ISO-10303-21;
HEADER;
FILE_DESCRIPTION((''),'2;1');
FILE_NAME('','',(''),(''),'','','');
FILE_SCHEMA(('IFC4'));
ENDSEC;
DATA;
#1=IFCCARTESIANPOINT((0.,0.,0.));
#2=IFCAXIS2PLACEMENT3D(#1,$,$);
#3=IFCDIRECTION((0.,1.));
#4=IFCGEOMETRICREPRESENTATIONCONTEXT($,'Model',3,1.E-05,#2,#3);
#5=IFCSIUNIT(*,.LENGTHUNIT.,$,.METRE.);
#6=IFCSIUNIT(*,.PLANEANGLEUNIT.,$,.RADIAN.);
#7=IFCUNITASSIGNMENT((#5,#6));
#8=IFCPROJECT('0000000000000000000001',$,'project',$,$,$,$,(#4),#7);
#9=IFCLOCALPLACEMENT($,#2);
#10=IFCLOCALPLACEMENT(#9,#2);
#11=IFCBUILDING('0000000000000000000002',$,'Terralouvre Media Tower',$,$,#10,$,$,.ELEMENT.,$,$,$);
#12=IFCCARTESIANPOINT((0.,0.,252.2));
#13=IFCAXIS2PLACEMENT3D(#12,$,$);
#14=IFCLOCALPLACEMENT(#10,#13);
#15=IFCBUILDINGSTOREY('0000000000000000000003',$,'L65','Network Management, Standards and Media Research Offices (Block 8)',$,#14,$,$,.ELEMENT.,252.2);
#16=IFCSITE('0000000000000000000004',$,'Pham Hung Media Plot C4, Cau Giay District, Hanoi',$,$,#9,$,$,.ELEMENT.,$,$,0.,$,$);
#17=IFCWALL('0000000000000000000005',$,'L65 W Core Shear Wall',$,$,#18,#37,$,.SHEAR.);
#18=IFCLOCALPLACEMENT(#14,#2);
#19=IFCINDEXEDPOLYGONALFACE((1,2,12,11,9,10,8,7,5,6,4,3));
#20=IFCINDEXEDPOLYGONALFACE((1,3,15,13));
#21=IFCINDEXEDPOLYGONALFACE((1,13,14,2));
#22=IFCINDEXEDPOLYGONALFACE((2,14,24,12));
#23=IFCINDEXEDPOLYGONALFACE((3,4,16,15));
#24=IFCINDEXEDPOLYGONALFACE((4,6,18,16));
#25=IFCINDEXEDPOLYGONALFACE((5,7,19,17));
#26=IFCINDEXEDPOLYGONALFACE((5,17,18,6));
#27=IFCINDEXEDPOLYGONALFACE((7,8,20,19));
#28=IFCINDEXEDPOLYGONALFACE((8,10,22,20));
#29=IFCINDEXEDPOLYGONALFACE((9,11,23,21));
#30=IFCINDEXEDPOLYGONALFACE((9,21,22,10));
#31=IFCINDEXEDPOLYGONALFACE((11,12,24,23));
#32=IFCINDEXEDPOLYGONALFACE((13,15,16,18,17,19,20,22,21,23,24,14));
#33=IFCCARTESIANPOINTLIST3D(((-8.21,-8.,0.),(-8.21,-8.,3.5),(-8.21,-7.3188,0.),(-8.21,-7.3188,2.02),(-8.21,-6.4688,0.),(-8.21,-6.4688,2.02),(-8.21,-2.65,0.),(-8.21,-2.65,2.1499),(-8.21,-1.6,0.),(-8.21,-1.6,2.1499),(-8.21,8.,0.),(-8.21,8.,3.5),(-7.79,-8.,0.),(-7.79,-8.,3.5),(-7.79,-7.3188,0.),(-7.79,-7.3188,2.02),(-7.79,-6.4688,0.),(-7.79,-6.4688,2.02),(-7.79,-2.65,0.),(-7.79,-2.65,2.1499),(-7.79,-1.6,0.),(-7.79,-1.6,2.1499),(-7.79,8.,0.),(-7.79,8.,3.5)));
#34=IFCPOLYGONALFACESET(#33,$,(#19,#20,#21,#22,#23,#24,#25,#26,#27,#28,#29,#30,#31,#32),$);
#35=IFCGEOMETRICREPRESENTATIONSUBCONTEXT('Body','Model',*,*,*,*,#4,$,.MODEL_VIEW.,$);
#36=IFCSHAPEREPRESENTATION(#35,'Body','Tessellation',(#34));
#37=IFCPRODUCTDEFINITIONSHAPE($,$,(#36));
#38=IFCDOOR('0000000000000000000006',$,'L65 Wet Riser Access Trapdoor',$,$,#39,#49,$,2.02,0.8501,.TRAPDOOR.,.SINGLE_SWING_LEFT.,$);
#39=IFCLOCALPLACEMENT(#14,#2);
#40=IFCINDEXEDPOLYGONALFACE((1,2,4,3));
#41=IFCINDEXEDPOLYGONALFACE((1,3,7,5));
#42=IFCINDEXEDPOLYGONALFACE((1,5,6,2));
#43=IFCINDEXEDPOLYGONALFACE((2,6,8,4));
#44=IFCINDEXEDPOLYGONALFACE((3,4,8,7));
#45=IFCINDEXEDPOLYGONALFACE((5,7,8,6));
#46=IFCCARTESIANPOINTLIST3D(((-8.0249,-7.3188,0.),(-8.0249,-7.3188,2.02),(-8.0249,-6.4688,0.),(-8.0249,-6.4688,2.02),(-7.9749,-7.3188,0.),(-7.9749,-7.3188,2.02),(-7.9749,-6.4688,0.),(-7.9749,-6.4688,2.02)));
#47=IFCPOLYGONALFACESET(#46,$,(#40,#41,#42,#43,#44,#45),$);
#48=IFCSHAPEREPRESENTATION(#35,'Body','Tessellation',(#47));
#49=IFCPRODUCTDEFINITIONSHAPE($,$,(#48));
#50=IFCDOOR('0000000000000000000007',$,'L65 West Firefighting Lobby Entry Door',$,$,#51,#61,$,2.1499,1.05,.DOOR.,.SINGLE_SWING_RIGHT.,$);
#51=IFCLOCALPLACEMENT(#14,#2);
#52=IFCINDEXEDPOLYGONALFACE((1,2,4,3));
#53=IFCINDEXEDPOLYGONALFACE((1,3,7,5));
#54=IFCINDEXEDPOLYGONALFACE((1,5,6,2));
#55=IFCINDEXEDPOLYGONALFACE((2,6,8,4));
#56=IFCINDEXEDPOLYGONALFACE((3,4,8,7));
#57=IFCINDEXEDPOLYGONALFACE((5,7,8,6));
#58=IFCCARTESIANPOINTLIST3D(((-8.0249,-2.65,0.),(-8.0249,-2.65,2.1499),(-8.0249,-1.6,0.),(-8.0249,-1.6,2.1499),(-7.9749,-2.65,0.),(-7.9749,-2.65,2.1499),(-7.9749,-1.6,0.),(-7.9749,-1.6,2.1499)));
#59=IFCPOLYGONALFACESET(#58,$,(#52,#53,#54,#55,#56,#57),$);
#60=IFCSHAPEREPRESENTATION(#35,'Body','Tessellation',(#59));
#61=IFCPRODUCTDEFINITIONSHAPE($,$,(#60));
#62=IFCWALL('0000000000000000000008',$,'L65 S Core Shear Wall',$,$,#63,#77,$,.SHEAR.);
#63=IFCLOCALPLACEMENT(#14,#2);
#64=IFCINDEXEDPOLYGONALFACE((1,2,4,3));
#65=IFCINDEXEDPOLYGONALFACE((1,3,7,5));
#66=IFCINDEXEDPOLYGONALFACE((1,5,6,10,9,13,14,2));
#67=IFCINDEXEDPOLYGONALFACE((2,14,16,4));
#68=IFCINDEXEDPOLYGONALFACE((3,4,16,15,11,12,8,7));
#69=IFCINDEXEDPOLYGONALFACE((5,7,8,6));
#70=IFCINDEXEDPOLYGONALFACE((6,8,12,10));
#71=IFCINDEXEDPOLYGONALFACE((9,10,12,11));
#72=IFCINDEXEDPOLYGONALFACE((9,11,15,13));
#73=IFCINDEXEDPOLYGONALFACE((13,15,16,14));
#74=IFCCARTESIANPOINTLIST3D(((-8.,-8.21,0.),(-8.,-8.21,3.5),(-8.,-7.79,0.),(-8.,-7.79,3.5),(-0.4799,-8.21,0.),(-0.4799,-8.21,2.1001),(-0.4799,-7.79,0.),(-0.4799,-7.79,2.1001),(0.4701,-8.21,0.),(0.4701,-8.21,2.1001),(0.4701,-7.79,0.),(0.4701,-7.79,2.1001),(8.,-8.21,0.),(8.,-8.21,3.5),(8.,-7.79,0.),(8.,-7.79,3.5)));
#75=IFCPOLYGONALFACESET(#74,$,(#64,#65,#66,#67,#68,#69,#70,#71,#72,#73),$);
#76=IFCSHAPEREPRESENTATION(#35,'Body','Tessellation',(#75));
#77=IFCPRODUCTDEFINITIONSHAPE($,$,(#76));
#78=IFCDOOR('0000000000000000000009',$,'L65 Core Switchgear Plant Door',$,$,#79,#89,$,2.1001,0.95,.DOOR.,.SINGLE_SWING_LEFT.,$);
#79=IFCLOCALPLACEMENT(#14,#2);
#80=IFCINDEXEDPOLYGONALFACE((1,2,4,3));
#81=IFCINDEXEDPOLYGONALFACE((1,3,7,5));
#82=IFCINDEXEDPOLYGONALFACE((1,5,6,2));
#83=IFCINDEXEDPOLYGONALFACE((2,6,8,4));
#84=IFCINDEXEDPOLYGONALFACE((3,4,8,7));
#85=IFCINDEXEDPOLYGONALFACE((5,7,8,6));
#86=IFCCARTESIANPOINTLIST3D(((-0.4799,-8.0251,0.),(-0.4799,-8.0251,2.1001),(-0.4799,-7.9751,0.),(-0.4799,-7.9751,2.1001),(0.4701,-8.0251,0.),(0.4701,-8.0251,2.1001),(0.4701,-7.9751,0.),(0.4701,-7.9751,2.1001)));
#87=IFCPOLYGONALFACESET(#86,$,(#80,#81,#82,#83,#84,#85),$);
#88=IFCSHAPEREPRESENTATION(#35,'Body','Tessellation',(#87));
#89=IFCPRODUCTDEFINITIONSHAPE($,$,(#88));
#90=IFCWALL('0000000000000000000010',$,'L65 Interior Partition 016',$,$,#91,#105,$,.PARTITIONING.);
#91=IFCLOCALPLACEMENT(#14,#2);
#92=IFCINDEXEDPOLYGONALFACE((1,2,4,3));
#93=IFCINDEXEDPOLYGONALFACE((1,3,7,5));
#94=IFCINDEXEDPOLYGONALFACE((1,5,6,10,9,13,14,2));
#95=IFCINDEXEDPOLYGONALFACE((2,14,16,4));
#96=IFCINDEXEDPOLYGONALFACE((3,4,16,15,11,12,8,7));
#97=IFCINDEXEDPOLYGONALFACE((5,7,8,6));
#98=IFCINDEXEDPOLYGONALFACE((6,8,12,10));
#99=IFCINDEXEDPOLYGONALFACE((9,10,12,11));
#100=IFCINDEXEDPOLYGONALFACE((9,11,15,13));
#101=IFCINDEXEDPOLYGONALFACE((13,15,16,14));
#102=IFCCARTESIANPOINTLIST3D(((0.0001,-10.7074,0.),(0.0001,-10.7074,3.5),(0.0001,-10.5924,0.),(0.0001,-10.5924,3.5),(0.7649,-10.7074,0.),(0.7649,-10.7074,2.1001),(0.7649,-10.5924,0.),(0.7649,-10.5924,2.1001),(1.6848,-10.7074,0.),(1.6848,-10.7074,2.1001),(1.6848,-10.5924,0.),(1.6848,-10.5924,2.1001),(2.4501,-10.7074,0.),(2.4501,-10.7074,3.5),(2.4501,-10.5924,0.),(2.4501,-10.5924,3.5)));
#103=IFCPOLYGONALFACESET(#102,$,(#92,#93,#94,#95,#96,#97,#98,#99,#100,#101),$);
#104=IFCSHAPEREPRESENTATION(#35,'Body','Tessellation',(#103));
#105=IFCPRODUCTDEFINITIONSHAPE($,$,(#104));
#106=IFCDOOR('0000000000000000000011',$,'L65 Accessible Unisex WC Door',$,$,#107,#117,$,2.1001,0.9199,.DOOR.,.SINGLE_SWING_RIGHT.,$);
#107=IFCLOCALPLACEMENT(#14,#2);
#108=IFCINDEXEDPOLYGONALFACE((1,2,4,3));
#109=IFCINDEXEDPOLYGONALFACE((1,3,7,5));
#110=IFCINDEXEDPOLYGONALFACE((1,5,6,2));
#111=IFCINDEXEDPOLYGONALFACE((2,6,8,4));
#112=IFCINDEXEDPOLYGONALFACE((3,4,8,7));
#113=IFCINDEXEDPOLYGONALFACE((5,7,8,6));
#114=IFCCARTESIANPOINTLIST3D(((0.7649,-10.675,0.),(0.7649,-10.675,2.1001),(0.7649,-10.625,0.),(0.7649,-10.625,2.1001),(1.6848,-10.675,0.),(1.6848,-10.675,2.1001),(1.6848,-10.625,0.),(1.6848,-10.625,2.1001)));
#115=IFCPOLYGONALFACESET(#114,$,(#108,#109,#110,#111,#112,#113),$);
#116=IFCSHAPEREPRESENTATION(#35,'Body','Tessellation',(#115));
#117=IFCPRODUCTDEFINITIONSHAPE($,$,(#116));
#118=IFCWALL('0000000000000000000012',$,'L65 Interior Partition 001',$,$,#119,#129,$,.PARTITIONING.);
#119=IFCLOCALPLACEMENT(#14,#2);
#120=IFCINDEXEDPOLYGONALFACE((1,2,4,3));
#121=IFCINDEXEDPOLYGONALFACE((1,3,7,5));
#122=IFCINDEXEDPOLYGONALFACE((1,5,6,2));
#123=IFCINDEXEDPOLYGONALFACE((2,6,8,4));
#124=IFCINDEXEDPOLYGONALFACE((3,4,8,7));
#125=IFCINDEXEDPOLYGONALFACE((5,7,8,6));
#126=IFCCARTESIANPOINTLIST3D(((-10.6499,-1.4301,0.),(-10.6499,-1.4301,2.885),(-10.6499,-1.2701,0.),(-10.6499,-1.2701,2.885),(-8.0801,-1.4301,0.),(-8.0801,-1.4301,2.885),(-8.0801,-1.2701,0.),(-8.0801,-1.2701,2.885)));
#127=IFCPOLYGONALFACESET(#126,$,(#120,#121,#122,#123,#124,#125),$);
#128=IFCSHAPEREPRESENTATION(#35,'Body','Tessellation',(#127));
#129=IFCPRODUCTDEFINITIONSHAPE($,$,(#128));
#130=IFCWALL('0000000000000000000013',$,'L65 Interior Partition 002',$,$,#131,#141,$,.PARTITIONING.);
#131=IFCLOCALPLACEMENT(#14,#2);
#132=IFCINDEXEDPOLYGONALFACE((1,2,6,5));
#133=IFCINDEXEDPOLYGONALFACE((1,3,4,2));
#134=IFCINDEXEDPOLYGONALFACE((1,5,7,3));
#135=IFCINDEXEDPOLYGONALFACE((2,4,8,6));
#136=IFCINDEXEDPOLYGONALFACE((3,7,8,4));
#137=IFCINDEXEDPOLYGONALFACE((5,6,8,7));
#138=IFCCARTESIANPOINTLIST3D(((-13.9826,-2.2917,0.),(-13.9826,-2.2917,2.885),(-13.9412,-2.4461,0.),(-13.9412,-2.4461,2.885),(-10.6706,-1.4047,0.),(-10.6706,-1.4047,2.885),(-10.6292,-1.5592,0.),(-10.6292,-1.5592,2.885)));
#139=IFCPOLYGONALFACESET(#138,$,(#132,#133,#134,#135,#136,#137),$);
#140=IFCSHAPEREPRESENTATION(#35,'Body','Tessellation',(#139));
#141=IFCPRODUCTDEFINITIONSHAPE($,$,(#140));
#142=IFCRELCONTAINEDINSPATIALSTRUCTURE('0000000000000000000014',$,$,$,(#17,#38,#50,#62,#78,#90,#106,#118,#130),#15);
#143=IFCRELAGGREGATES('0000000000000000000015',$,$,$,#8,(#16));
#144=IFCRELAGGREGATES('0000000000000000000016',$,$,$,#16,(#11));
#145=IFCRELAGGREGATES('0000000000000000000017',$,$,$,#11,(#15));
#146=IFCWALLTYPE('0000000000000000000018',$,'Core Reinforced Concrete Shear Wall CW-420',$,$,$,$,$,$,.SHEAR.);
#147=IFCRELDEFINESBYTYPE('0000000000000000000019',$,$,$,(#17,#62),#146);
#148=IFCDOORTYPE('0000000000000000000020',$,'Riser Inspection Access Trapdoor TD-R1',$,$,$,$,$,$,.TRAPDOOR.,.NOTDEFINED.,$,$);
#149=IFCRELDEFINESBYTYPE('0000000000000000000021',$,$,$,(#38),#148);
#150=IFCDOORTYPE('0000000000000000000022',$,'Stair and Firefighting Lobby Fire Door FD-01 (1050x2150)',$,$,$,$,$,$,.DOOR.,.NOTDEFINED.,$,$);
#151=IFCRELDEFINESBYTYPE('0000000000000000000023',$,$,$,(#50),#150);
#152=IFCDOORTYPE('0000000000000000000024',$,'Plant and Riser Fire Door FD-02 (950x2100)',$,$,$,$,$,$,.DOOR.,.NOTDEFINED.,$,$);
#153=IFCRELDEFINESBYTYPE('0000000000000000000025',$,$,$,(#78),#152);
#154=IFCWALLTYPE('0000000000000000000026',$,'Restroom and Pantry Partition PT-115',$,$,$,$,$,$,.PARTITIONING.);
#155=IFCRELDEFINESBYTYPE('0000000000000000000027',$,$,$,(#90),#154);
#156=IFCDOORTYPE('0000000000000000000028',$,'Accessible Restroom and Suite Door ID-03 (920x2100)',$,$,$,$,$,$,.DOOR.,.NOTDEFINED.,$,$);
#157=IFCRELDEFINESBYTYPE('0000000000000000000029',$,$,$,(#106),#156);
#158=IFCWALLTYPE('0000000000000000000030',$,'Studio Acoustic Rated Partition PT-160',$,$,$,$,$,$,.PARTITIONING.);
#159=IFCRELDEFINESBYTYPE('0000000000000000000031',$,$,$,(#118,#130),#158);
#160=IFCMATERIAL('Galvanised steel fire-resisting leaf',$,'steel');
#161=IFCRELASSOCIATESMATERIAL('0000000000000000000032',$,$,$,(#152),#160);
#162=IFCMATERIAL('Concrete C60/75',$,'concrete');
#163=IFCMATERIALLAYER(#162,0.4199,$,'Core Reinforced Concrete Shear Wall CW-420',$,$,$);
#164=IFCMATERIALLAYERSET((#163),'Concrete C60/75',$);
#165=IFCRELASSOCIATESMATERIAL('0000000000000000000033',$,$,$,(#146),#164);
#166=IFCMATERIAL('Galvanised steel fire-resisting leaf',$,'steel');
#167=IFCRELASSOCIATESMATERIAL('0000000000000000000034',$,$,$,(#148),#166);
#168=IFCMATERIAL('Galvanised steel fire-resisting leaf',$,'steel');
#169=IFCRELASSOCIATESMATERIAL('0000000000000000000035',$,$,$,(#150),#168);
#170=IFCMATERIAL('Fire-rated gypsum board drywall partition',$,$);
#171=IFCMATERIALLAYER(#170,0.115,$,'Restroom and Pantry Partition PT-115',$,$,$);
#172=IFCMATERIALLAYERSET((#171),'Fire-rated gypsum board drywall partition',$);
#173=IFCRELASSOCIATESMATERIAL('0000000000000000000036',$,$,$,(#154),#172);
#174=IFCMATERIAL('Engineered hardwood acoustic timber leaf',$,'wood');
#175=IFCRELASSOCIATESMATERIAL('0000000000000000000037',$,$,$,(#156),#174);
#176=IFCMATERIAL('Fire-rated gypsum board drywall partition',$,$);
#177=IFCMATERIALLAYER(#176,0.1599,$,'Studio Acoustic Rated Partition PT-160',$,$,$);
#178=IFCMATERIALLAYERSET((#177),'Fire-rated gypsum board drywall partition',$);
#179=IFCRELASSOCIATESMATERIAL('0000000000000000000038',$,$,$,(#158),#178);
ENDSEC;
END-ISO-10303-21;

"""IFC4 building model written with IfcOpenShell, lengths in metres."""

from ifc_helpers import new_model, si_unit, direction, frame, frame_2d, origin, place, context, subcontext, project, spatial, rectangle, extrude, material, layer, layer_set, type_object, element, fill, save


model = new_model("IFC4")

# Units and contexts
model_context = context("Model", 3, precision=1e-05, world=origin(), true_north=direction((0.0, 1.0)))
body_context = subcontext(model_context, "Body", "Model", "MODEL_VIEW")
ifc_project = project(units=[si_unit("LENGTHUNIT", "METRE"), si_unit("PLANEANGLEUNIT", "RADIAN")], contexts=[model_context])

# Site, building, storey
site_placement = place(None, origin())
site = spatial("IfcSite", under=ifc_project, at=site_placement, Name="Pham Hung Media Plot C4, Cau Giay District, Hanoi", CompositionType="ELEMENT", RefElevation=0.0)
building_placement = place(site_placement, origin())
building = spatial("IfcBuilding", under=site, at=building_placement, Name="Terralouvre Media Tower", CompositionType="ELEMENT")
storey_placement = place(building_placement, frame((0.0, 0.0, 252.2)))
storey = spatial("IfcBuildingStorey", under=building, at=storey_placement, Name="L65", Description="Network Management, Standards and Media Research Offices (Block 8)", CompositionType="ELEMENT", Elevation=252.2)

# Wall, openings, doors
ifc_material_1 = material(Name="Galvanised steel fire-resisting leaf", Category="steel")
door_type_1 = type_object("IfcDoorType", Name="Plant and Riser Fire Door FD-02 (950x2100)", OperationType="NOTDEFINED", PredefinedType="DOOR", material=ifc_material_1)
ifc_material_2 = material(Name="Concrete C60/75", Category="concrete")
ifc_layer_1 = layer(ifc_material_2, 0.4199, Name="Core Reinforced Concrete Shear Wall CW-420")
ifc_layer_set_1 = layer_set([ifc_layer_1], Name="Concrete C60/75")
wall_type_1 = type_object("IfcWallType", Name="Core Reinforced Concrete Shear Wall CW-420", PredefinedType="SHEAR", material=ifc_layer_set_1)
wall_1_placement = place(storey_placement, frame((-8.0, -8.0, 0.0), z_axis=(0.0, 0.0, 1.0), x_axis=(0.0, 1.0, 0.0)))
wall_1 = element("IfcWall", 1, at=wall_1_placement, inside=storey, type_object=wall_type_1, Name="L65 W Core Shear Wall", PredefinedType="SHEAR", context=body_context, shape_type="SweptSolid", body=[
    extrude(rectangle(XDim=16.0, YDim=0.4199, at=frame_2d((8.0, 0.0))), origin(), (0.0, 0.0, 1.0), 3.5),
])
opening_1_placement = place(wall_1_placement, frame((0.6812, 0.0, 0.0)))
opening_1 = element("IfcOpeningElement", 2, at=opening_1_placement, cuts=wall_1, PredefinedType="OPENING", context=body_context, shape_type="SweptSolid", body=[
    extrude(rectangle(XDim=0.8501, YDim=2.02, at=frame_2d((0.425, 1.01))), frame((0.0, 0.22, 0.0), z_axis=(0.0, -1.0, 0.0), x_axis=(1.0, 0.0, 0.0)), (0.0, 0.0, 1.0), 0.4399),
])
opening_2_placement = place(wall_1_placement, frame((5.3501, 0.0, 0.0)))
opening_2 = element("IfcOpeningElement", 3, at=opening_2_placement, cuts=wall_1, PredefinedType="OPENING", context=body_context, shape_type="SweptSolid", body=[
    extrude(rectangle(XDim=1.05, YDim=2.1499, at=frame_2d((0.5249, 1.075))), frame((0.0, 0.22, 0.0), z_axis=(0.0, -1.0, 0.0), x_axis=(1.0, 0.0, 0.0)), (0.0, 0.0, 1.0), 0.4399),
])
ifc_material_3 = material(Name="Galvanised steel fire-resisting leaf", Category="steel")
door_type_2 = type_object("IfcDoorType", Name="Riser Inspection Access Trapdoor TD-R1", OperationType="NOTDEFINED", PredefinedType="TRAPDOOR", material=ifc_material_3)
door_1_placement = place(opening_1_placement, origin())
door_1 = element("IfcDoor", 4, at=door_1_placement, inside=storey, type_object=door_type_2, Name="L65 Wet Riser Access Trapdoor", OperationType="SINGLE_SWING_LEFT", OverallHeight=2.02, OverallWidth=0.8501, PredefinedType="TRAPDOOR", context=body_context, shape_type="SweptSolid", body=[
    extrude(rectangle(XDim=0.8501, YDim=2.02, at=frame_2d((0.425, 1.01))), frame((0.0, 0.0249, 0.0), z_axis=(0.0, -1.0, 0.0), x_axis=(1.0, 0.0, 0.0)), (0.0, 0.0, 1.0), 0.05),
])
fill(opening_1, door_1)
ifc_material_4 = material(Name="Galvanised steel fire-resisting leaf", Category="steel")
door_type_3 = type_object("IfcDoorType", Name="Stair and Firefighting Lobby Fire Door FD-01 (1050x2150)", OperationType="NOTDEFINED", PredefinedType="DOOR", material=ifc_material_4)
door_2_placement = place(opening_2_placement, origin())
door_2 = element("IfcDoor", 5, at=door_2_placement, inside=storey, type_object=door_type_3, Name="L65 West Firefighting Lobby Entry Door", OperationType="SINGLE_SWING_RIGHT", OverallHeight=2.1499, OverallWidth=1.05, PredefinedType="DOOR", context=body_context, shape_type="SweptSolid", body=[
    extrude(rectangle(XDim=1.05, YDim=2.1499, at=frame_2d((0.5249, 1.075))), frame((0.0, 0.0249, 0.0), z_axis=(0.0, -1.0, 0.0), x_axis=(1.0, 0.0, 0.0)), (0.0, 0.0, 1.0), 0.05),
])
fill(opening_2, door_2)

# Walls, openings, doors
wall_2_placement = place(storey_placement, frame((-8.0, -8.0, 0.0), z_axis=(0.0, 0.0, 1.0), x_axis=(1.0, 0.0, 0.0)))
wall_2 = element("IfcWall", 6, at=wall_2_placement, inside=storey, type_object=wall_type_1, Name="L65 S Core Shear Wall", PredefinedType="SHEAR", context=body_context, shape_type="SweptSolid", body=[
    extrude(rectangle(XDim=16.0, YDim=0.4199, at=frame_2d((8.0, 0.0))), origin(), (0.0, 0.0, 1.0), 3.5),
])
opening_3_placement = place(wall_2_placement, frame((7.52, 0.0, 0.0)))
opening_3 = element("IfcOpeningElement", 7, at=opening_3_placement, cuts=wall_2, PredefinedType="OPENING", context=body_context, shape_type="SweptSolid", body=[
    extrude(rectangle(XDim=0.95, YDim=2.1001, at=frame_2d((0.4751, 1.05))), frame((0.0, 0.22, 0.0), z_axis=(0.0, -1.0, 0.0), x_axis=(1.0, 0.0, 0.0)), (0.0, 0.0, 1.0), 0.4399),
])
door_3_placement = place(opening_3_placement, origin())
door_3 = element("IfcDoor", 8, at=door_3_placement, inside=storey, type_object=door_type_1, Name="L65 Core Switchgear Plant Door", OperationType="SINGLE_SWING_LEFT", OverallHeight=2.1001, OverallWidth=0.95, PredefinedType="DOOR", context=body_context, shape_type="SweptSolid", body=[
    extrude(rectangle(XDim=0.95, YDim=2.1001, at=frame_2d((0.4751, 1.05))), frame((0.0, 0.0249, 0.0), z_axis=(0.0, -1.0, 0.0), x_axis=(1.0, 0.0, 0.0)), (0.0, 0.0, 1.0), 0.05),
])
fill(opening_3, door_3)
ifc_material_5 = material(Name="Fire-rated gypsum board drywall partition")
ifc_layer_2 = layer(ifc_material_5, 0.115, Name="Restroom and Pantry Partition PT-115")
ifc_layer_set_2 = layer_set([ifc_layer_2], Name="Fire-rated gypsum board drywall partition")
wall_type_2 = type_object("IfcWallType", Name="Restroom and Pantry Partition PT-115", PredefinedType="PARTITIONING", material=ifc_layer_set_2)
wall_3_placement = place(storey_placement, frame((0.0, -10.6499, 0.0), z_axis=(0.0, 0.0, 1.0), x_axis=(1.0, 0.0, 0.0)))
wall_3 = element("IfcWall", 9, at=wall_3_placement, inside=storey, type_object=wall_type_2, Name="L65 Interior Partition 016", PredefinedType="PARTITIONING", context=body_context, shape_type="SweptSolid", body=[
    extrude(rectangle(XDim=2.45, YDim=0.115, at=frame_2d((1.2251, 0.0))), origin(), (0.0, 0.0, 1.0), 3.5),
])
opening_4_placement = place(wall_3_placement, frame((0.7649, 0.0, 0.0)))
opening_4 = element("IfcOpeningElement", 10, at=opening_4_placement, cuts=wall_3, PredefinedType="OPENING", context=body_context, shape_type="SweptSolid", body=[
    extrude(rectangle(XDim=0.9199, YDim=2.1001, at=frame_2d((0.46, 1.05))), frame((0.0, 0.0674, 0.0), z_axis=(0.0, -1.0, 0.0), x_axis=(1.0, 0.0, 0.0)), (0.0, 0.0, 1.0), 0.135),
])
ifc_material_6 = material(Name="Engineered hardwood acoustic timber leaf", Category="wood")
door_type_4 = type_object("IfcDoorType", Name="Accessible Restroom and Suite Door ID-03 (920x2100)", OperationType="NOTDEFINED", PredefinedType="DOOR", material=ifc_material_6)
door_4_placement = place(opening_4_placement, origin())
door_4 = element("IfcDoor", 11, at=door_4_placement, inside=storey, type_object=door_type_4, Name="L65 Accessible Unisex WC Door", OperationType="SINGLE_SWING_RIGHT", OverallHeight=2.1001, OverallWidth=0.9199, PredefinedType="DOOR", context=body_context, shape_type="SweptSolid", body=[
    extrude(rectangle(XDim=0.9199, YDim=2.1001, at=frame_2d((0.46, 1.05))), frame((0.0, 0.0249, 0.0), z_axis=(0.0, -1.0, 0.0), x_axis=(1.0, 0.0, 0.0)), (0.0, 0.0, 1.0), 0.05),
])
fill(opening_4, door_4)

# Walls
ifc_material_7 = material(Name="Fire-rated gypsum board drywall partition")
ifc_layer_3 = layer(ifc_material_7, 0.1599, Name="Studio Acoustic Rated Partition PT-160")
ifc_layer_set_3 = layer_set([ifc_layer_3], Name="Fire-rated gypsum board drywall partition")
wall_type_3 = type_object("IfcWallType", Name="Studio Acoustic Rated Partition PT-160", PredefinedType="PARTITIONING", material=ifc_layer_set_3)
wall_4_placement = place(storey_placement, frame((-8.0801, -1.3501, 0.0), z_axis=(0.0, 0.0, 1.0), x_axis=(-1.0, 0.0, 0.0)))
element("IfcWall", 12, at=wall_4_placement, inside=storey, type_object=wall_type_3, Name="L65 Interior Partition 001", PredefinedType="PARTITIONING", context=body_context, shape_type="SweptSolid", body=[
    extrude(rectangle(XDim=2.5698, YDim=0.1599, at=frame_2d((1.2849, 0.0))), origin(), (0.0, 0.0, 1.0), 2.885),
])
wall_5_placement = place(storey_placement, frame((-10.6499, -1.4819, 0.0), z_axis=(0.0, 0.0, 1.0), x_axis=(-0.965961, -0.258686, 0.0)))
element("IfcWall", 13, at=wall_5_placement, inside=storey, type_object=wall_type_3, Name="L65 Interior Partition 002", PredefinedType="PARTITIONING", context=body_context, shape_type="SweptSolid", body=[
    extrude(rectangle(XDim=3.4287, YDim=0.1599, at=frame_2d((1.7144, 0.0))), origin(), (0.0, 0.0, 1.0), 2.885),
])

save(model, "model.ifc")
